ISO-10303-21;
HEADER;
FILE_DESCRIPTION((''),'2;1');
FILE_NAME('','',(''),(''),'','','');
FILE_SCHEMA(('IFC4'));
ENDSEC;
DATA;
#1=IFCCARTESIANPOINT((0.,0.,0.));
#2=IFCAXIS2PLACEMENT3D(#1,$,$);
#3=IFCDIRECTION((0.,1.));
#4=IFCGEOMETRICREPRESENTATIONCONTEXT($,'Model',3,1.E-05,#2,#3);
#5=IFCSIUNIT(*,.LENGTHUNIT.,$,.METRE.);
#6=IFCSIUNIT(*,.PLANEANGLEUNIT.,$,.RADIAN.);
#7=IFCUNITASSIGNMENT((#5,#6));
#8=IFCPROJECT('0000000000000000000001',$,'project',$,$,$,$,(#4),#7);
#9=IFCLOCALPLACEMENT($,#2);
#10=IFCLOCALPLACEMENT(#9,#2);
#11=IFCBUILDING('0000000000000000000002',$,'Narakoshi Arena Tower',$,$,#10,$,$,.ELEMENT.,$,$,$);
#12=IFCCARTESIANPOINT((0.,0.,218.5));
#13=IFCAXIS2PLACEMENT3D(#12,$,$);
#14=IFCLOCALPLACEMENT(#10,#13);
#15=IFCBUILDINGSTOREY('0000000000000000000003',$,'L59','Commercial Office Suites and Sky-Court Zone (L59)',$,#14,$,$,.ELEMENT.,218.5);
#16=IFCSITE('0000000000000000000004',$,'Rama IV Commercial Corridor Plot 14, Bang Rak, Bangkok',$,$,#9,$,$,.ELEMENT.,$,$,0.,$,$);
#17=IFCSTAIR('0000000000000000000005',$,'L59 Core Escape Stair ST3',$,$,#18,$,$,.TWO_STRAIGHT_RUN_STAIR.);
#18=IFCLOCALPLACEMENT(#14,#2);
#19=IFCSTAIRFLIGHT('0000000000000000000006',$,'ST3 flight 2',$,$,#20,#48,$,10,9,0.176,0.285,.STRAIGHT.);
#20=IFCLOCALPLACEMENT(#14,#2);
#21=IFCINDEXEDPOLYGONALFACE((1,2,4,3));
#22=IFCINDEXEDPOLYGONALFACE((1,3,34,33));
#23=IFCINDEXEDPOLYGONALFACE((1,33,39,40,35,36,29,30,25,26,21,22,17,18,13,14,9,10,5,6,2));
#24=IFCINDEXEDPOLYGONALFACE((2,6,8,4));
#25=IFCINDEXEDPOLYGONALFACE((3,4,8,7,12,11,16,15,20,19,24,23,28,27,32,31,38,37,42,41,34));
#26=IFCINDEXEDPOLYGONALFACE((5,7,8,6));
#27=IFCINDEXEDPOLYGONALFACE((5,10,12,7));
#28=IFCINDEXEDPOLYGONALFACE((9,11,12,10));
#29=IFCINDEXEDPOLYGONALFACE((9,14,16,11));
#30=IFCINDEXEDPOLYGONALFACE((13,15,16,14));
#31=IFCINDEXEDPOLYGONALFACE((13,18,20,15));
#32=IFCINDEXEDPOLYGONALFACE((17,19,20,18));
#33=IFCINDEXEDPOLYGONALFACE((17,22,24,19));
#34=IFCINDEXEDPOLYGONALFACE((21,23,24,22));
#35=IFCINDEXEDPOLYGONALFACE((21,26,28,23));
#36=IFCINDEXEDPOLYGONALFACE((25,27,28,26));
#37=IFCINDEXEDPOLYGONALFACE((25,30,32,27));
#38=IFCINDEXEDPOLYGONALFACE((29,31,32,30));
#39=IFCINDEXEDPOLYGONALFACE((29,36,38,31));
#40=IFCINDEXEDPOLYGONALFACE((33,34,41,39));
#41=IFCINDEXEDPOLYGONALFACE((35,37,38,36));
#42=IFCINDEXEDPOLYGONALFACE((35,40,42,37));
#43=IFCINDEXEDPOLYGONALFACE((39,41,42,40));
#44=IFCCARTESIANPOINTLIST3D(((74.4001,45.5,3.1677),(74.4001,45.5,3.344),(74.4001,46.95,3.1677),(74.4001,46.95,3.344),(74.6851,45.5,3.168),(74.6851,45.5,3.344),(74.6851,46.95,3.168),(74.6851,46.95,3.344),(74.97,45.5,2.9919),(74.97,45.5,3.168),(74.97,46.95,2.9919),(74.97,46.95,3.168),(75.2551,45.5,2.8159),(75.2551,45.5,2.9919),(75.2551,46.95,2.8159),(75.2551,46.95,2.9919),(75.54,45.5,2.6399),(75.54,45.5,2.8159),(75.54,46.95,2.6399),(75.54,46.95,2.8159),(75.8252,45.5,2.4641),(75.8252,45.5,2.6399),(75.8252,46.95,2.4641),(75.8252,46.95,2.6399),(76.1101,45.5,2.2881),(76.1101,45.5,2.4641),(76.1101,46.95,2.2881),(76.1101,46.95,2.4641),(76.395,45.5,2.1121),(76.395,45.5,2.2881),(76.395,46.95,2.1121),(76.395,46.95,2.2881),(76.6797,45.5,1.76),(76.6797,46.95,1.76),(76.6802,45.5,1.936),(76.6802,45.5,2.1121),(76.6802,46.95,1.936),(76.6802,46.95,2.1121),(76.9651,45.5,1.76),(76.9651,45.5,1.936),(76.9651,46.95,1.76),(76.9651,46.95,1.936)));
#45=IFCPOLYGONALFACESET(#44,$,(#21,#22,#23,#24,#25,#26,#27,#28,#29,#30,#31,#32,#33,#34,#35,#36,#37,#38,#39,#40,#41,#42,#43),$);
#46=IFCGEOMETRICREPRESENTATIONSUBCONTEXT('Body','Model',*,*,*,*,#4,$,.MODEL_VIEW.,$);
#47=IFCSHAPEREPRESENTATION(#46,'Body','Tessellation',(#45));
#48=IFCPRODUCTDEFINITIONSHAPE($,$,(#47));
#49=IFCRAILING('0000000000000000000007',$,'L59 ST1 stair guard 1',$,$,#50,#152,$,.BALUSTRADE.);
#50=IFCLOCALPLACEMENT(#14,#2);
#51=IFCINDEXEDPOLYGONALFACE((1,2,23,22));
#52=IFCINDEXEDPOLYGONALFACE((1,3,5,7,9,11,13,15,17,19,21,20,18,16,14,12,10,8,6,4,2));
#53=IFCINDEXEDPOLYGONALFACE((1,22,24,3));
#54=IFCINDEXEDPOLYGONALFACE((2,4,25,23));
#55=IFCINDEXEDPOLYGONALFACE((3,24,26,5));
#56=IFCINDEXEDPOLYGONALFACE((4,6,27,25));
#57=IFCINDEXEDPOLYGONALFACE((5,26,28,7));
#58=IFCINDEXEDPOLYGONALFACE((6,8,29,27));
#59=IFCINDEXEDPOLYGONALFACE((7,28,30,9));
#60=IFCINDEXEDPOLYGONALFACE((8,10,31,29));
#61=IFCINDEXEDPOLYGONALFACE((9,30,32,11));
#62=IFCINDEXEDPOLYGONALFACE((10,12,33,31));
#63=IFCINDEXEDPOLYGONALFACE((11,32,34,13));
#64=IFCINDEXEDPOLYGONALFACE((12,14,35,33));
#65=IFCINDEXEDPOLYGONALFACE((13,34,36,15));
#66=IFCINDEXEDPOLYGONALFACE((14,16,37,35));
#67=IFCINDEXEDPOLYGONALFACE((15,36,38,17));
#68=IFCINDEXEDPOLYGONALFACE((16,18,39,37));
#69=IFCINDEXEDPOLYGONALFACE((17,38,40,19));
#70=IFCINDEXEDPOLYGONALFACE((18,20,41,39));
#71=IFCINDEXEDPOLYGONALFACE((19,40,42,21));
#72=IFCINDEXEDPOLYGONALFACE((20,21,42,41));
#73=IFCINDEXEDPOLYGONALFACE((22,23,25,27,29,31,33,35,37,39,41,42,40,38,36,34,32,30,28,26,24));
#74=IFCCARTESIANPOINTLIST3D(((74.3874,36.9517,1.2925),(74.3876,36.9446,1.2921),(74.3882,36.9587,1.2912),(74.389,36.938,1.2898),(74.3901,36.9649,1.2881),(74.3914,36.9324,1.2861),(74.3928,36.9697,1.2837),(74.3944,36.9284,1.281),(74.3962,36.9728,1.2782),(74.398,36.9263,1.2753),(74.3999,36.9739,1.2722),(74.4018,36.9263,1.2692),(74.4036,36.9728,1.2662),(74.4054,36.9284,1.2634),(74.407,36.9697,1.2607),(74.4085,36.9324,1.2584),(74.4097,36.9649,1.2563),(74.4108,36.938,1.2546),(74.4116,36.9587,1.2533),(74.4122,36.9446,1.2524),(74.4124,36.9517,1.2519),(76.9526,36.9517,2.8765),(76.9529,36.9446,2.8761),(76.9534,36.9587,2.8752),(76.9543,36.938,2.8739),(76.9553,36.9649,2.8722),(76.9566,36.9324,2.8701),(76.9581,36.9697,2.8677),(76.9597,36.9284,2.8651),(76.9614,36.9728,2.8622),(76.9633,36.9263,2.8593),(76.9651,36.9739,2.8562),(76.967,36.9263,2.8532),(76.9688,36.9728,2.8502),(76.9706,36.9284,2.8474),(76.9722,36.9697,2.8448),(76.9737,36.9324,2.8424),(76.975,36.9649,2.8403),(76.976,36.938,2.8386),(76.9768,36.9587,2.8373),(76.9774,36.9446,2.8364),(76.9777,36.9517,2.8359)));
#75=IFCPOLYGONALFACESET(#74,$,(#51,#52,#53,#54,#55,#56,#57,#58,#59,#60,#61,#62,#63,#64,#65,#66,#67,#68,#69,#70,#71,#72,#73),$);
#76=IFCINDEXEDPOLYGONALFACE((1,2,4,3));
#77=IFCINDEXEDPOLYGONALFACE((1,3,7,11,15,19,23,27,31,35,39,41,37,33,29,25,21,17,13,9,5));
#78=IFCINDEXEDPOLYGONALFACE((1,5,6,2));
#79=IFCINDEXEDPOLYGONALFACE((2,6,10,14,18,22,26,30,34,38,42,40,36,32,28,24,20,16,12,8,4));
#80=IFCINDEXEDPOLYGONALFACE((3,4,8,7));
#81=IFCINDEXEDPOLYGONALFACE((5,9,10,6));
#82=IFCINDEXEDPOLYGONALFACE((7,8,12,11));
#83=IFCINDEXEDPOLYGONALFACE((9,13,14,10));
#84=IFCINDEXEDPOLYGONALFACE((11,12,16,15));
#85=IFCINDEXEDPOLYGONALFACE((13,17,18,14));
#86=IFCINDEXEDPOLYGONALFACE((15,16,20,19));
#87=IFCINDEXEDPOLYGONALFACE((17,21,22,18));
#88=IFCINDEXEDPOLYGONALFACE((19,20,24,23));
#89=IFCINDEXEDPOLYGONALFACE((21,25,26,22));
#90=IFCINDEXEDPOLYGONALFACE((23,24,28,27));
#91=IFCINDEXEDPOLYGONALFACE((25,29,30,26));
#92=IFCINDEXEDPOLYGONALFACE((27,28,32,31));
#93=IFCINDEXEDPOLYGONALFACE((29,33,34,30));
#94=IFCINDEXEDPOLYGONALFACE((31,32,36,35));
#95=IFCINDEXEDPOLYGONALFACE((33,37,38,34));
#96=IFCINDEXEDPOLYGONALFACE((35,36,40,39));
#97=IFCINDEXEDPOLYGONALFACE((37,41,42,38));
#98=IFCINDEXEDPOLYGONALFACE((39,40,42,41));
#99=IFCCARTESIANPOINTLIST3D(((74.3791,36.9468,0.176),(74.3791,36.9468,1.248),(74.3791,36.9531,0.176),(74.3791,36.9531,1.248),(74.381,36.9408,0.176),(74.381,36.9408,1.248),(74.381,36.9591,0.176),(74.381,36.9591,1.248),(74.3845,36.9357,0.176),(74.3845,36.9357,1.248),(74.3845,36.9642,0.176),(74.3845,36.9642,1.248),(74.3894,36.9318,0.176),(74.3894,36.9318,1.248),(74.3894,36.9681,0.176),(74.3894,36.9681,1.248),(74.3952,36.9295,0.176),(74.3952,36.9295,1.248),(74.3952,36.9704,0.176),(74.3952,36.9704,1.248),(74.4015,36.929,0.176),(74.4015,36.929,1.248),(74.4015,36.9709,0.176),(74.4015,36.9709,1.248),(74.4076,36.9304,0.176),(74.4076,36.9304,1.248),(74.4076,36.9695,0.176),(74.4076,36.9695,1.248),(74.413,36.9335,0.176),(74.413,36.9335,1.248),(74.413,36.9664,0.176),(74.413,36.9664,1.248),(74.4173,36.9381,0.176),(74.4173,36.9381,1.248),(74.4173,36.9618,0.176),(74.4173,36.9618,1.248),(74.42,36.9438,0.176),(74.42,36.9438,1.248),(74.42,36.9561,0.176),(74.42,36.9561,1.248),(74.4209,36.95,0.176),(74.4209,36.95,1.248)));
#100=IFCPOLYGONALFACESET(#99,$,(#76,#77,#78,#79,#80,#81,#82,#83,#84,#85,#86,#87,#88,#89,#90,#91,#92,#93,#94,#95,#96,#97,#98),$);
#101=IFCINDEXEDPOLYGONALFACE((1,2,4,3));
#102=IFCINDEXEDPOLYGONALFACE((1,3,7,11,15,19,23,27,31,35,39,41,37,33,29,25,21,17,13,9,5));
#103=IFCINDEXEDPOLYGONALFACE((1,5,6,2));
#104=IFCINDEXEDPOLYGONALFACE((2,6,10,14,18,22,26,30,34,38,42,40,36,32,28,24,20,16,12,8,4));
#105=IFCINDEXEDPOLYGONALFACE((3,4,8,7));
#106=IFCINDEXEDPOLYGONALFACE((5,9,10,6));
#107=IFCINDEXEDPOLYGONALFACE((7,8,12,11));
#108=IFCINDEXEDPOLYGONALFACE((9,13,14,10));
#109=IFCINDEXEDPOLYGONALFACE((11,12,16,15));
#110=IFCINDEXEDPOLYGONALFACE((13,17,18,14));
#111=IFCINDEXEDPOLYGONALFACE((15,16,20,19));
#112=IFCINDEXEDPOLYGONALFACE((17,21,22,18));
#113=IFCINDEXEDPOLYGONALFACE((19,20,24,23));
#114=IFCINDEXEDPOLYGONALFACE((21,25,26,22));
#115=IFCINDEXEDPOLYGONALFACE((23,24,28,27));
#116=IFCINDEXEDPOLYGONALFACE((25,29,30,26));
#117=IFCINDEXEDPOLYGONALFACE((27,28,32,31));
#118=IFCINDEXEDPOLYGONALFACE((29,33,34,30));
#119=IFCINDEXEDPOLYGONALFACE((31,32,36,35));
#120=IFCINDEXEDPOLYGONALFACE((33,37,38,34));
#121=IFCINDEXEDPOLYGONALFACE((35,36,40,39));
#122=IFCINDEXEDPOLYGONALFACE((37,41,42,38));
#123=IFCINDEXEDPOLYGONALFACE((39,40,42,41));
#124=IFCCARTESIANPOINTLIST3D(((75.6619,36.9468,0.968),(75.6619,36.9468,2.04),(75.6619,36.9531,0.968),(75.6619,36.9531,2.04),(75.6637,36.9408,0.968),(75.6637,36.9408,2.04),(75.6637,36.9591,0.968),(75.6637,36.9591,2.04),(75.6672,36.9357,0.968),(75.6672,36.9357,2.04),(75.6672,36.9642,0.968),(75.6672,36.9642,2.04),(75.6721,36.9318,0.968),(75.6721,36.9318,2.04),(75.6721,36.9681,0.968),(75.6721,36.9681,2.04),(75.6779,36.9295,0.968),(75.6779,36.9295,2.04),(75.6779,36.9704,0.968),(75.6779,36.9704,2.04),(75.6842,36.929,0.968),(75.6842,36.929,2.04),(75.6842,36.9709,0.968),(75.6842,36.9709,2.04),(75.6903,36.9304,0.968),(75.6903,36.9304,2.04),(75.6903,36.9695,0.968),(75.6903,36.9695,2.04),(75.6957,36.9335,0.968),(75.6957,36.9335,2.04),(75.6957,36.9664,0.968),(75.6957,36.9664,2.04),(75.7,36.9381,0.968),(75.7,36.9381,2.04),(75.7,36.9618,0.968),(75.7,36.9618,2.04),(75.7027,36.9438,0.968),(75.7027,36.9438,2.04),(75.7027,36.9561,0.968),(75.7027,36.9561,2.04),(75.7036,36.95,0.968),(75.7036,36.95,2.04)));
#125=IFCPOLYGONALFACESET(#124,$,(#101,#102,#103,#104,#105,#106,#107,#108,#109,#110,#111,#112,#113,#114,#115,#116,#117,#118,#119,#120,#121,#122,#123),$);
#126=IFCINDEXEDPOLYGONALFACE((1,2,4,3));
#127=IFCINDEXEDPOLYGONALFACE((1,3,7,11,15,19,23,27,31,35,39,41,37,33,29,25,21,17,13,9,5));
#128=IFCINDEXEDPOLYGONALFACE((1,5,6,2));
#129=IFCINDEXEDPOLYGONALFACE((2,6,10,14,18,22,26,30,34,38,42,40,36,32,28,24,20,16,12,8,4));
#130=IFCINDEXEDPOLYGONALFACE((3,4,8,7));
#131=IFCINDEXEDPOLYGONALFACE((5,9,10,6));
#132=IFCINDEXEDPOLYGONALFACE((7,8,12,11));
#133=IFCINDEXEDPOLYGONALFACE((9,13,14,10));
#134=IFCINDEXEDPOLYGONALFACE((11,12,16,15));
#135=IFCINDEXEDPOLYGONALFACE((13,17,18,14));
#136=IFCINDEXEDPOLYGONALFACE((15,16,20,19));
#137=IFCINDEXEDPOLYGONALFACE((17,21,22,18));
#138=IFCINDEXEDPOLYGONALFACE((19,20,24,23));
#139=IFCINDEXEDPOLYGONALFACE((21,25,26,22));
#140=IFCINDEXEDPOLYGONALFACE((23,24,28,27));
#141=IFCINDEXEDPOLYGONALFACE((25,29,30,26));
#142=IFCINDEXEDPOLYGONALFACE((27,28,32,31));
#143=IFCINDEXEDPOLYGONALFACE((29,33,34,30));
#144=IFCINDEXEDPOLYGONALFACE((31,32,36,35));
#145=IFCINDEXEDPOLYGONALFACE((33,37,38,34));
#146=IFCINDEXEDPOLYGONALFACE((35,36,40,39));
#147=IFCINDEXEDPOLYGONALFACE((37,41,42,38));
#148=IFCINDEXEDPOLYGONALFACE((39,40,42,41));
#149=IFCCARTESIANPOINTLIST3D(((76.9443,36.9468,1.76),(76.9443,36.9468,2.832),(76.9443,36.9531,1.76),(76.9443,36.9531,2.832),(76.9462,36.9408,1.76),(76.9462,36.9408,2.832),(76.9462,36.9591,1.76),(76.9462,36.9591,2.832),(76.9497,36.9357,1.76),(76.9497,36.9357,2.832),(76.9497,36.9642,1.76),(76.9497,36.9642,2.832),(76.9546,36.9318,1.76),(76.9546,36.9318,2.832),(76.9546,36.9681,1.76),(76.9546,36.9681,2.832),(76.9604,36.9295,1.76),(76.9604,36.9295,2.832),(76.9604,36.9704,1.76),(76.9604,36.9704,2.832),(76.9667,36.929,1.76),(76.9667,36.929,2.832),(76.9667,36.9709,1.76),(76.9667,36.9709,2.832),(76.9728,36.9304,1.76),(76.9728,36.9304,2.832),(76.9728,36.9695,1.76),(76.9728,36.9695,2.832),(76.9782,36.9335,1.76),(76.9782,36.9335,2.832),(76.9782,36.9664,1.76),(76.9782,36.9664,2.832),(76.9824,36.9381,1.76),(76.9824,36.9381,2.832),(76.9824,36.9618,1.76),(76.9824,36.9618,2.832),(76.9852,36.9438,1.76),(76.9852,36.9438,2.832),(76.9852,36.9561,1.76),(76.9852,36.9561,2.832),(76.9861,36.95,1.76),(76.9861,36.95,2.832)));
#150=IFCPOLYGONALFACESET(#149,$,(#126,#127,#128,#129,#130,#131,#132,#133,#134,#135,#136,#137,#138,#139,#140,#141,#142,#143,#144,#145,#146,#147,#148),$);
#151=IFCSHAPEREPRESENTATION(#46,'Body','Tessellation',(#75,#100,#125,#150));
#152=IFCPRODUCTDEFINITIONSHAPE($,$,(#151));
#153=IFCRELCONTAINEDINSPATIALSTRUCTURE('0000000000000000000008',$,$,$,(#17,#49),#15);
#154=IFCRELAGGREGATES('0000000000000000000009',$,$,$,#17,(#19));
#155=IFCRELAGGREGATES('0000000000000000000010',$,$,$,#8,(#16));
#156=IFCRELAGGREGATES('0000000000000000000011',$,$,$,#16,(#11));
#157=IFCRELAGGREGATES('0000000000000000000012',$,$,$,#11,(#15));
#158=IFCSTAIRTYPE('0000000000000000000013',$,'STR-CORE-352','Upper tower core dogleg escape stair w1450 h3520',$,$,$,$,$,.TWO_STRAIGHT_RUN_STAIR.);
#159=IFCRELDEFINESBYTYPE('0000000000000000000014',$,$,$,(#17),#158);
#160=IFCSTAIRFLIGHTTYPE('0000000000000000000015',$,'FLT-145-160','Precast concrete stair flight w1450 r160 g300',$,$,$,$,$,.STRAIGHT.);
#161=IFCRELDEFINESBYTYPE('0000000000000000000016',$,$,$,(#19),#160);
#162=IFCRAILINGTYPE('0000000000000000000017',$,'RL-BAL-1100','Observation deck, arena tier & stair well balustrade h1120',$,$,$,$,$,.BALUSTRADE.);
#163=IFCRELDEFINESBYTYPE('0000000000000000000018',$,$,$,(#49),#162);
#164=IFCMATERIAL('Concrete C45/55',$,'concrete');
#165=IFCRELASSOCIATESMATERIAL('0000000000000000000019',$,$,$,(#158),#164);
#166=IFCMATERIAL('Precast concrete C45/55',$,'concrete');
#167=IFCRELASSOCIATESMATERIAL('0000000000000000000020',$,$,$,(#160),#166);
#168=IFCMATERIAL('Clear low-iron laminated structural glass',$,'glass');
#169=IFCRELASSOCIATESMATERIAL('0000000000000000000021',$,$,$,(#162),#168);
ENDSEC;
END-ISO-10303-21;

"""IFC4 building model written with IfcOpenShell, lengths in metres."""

from ifc_helpers import new_model, si_unit, direction, frame, origin, origin_2d, place, context, subcontext, project, spatial, polyline, circle, outline, extrude, material, type_object, element, aggregate, save


model = new_model("IFC4")

# Units and contexts
model_context = context("Model", 3, precision=1e-05, world=origin(), true_north=direction((0.0, 1.0)))
body_context = subcontext(model_context, "Body", "Model", "MODEL_VIEW")
ifc_project = project(units=[si_unit("LENGTHUNIT", "METRE"), si_unit("PLANEANGLEUNIT", "RADIAN")], contexts=[model_context])

# Site, building, storey
site_placement = place(None, origin())
site = spatial("IfcSite", under=ifc_project, at=site_placement, Name="Rama IV Commercial Corridor Plot 14, Bang Rak, Bangkok", CompositionType="ELEMENT", RefElevation=0.0)
building_placement = place(site_placement, origin())
building = spatial("IfcBuilding", under=site, at=building_placement, Name="Narakoshi Arena Tower", CompositionType="ELEMENT")
storey_placement = place(building_placement, frame((0.0, 0.0, 218.5)))
storey = spatial("IfcBuildingStorey", under=building, at=storey_placement, Name="L59", Description="Commercial Office Suites and Sky-Court Zone (L59)", CompositionType="ELEMENT", Elevation=218.5)

# Shared definitions
ifc_material_1 = material(Name="Precast concrete C45/55", Category="concrete")

# Stair, stair flight
ifc_material_2 = material(Name="Concrete C45/55", Category="concrete")
stair_type = type_object("IfcStairType", Name="STR-CORE-352", Description="Upper tower core dogleg escape stair w1450 h3520", PredefinedType="TWO_STRAIGHT_RUN_STAIR", material=ifc_material_2)
stair_flight_type = type_object("IfcStairFlightType", Name="FLT-145-160", Description="Precast concrete stair flight w1450 r160 g300", PredefinedType="STRAIGHT", material=ifc_material_1)
stair_1_placement = place(storey_placement, origin())
stair_1 = element("IfcStair", 1, at=stair_1_placement, inside=storey, type_object=stair_type, Name="L59 Core Escape Stair ST3", PredefinedType="TWO_STRAIGHT_RUN_STAIR")
stair_flight_1_placement = place(storey_placement, frame((76.9651, 46.2251, 1.76), z_axis=(0.0, 0.0, 1.0), x_axis=(-1.0, 0.0, 0.0)))
stair_flight_1 = element("IfcStairFlight", 2, at=stair_flight_1_placement, type_object=stair_flight_type, Name="ST3 flight 2", NumberOfRisers=10, NumberOfTreads=9, PredefinedType="STRAIGHT", RiserHeight=0.176, TreadLength=0.285, context=body_context, shape_type="SweptSolid", body=[
    extrude(outline(polyline([(0.0, 0.0), (0.0, 0.176), (0.2849, 0.176), (0.2849, 0.3521), (0.5701, 0.3521), (0.5701, 0.5281), (0.855, 0.5281), (0.855, 0.7041), (1.1399, 0.7041), (1.1399, 0.8799), (1.425, 0.8799), (1.425, 1.0559), (1.71, 1.0559), (1.71, 1.2319), (1.9951, 1.2319), (1.9951, 1.408), (2.28, 1.408), (2.28, 1.584), (2.5649, 1.584), (2.5649, 1.76), (2.5649, 1.4077), (0.2854, 0.0), (0.0, 0.0)])), frame((0.0, 0.7251, 0.0), z_axis=(0.0, -1.0, 0.0), x_axis=(1.0, 0.0, 0.0)), (0.0, 0.0, 1.0), 1.45),
])
aggregate(stair_1, [stair_flight_1])

# Railing
ifc_material_3 = material(Name="Clear low-iron laminated structural glass", Category="glass")
railing_type_1 = type_object("IfcRailingType", Name="RL-BAL-1100", Description="Observation deck, arena tier & stair well balustrade h1120", PredefinedType="BALUSTRADE", material=ifc_material_3)
railing_1_placement = place(storey_placement, frame((74.3999, 36.95, 0.176)))
element("IfcRailing", 3, at=railing_1_placement, inside=storey, type_object=railing_type_1, Name="L59 ST1 stair guard 1", PredefinedType="BALUSTRADE", context=body_context, shape_type="SweptSolid", body=[
    extrude(circle(Radius=0.0239, at=origin_2d()), frame((0.0, 0.0, 1.0962), z_axis=(0.850857, 0.0, 0.525398), x_axis=(0.0, 1.0, 0.0)), (0.0, 0.0, 1.0), 3.0149),
    extrude(circle(Radius=0.021, at=origin_2d()), origin(), (0.0, 0.0, 1.0), 1.072),
    extrude(circle(Radius=0.021, at=origin_2d()), frame((1.2827, 0.0, 0.792)), (0.0, 0.0, 1.0), 1.072),
    extrude(circle(Radius=0.021, at=origin_2d()), frame((2.5652, 0.0, 1.584)), (0.0, 0.0, 1.0), 1.072),
])

save(model, "model.ifc")
